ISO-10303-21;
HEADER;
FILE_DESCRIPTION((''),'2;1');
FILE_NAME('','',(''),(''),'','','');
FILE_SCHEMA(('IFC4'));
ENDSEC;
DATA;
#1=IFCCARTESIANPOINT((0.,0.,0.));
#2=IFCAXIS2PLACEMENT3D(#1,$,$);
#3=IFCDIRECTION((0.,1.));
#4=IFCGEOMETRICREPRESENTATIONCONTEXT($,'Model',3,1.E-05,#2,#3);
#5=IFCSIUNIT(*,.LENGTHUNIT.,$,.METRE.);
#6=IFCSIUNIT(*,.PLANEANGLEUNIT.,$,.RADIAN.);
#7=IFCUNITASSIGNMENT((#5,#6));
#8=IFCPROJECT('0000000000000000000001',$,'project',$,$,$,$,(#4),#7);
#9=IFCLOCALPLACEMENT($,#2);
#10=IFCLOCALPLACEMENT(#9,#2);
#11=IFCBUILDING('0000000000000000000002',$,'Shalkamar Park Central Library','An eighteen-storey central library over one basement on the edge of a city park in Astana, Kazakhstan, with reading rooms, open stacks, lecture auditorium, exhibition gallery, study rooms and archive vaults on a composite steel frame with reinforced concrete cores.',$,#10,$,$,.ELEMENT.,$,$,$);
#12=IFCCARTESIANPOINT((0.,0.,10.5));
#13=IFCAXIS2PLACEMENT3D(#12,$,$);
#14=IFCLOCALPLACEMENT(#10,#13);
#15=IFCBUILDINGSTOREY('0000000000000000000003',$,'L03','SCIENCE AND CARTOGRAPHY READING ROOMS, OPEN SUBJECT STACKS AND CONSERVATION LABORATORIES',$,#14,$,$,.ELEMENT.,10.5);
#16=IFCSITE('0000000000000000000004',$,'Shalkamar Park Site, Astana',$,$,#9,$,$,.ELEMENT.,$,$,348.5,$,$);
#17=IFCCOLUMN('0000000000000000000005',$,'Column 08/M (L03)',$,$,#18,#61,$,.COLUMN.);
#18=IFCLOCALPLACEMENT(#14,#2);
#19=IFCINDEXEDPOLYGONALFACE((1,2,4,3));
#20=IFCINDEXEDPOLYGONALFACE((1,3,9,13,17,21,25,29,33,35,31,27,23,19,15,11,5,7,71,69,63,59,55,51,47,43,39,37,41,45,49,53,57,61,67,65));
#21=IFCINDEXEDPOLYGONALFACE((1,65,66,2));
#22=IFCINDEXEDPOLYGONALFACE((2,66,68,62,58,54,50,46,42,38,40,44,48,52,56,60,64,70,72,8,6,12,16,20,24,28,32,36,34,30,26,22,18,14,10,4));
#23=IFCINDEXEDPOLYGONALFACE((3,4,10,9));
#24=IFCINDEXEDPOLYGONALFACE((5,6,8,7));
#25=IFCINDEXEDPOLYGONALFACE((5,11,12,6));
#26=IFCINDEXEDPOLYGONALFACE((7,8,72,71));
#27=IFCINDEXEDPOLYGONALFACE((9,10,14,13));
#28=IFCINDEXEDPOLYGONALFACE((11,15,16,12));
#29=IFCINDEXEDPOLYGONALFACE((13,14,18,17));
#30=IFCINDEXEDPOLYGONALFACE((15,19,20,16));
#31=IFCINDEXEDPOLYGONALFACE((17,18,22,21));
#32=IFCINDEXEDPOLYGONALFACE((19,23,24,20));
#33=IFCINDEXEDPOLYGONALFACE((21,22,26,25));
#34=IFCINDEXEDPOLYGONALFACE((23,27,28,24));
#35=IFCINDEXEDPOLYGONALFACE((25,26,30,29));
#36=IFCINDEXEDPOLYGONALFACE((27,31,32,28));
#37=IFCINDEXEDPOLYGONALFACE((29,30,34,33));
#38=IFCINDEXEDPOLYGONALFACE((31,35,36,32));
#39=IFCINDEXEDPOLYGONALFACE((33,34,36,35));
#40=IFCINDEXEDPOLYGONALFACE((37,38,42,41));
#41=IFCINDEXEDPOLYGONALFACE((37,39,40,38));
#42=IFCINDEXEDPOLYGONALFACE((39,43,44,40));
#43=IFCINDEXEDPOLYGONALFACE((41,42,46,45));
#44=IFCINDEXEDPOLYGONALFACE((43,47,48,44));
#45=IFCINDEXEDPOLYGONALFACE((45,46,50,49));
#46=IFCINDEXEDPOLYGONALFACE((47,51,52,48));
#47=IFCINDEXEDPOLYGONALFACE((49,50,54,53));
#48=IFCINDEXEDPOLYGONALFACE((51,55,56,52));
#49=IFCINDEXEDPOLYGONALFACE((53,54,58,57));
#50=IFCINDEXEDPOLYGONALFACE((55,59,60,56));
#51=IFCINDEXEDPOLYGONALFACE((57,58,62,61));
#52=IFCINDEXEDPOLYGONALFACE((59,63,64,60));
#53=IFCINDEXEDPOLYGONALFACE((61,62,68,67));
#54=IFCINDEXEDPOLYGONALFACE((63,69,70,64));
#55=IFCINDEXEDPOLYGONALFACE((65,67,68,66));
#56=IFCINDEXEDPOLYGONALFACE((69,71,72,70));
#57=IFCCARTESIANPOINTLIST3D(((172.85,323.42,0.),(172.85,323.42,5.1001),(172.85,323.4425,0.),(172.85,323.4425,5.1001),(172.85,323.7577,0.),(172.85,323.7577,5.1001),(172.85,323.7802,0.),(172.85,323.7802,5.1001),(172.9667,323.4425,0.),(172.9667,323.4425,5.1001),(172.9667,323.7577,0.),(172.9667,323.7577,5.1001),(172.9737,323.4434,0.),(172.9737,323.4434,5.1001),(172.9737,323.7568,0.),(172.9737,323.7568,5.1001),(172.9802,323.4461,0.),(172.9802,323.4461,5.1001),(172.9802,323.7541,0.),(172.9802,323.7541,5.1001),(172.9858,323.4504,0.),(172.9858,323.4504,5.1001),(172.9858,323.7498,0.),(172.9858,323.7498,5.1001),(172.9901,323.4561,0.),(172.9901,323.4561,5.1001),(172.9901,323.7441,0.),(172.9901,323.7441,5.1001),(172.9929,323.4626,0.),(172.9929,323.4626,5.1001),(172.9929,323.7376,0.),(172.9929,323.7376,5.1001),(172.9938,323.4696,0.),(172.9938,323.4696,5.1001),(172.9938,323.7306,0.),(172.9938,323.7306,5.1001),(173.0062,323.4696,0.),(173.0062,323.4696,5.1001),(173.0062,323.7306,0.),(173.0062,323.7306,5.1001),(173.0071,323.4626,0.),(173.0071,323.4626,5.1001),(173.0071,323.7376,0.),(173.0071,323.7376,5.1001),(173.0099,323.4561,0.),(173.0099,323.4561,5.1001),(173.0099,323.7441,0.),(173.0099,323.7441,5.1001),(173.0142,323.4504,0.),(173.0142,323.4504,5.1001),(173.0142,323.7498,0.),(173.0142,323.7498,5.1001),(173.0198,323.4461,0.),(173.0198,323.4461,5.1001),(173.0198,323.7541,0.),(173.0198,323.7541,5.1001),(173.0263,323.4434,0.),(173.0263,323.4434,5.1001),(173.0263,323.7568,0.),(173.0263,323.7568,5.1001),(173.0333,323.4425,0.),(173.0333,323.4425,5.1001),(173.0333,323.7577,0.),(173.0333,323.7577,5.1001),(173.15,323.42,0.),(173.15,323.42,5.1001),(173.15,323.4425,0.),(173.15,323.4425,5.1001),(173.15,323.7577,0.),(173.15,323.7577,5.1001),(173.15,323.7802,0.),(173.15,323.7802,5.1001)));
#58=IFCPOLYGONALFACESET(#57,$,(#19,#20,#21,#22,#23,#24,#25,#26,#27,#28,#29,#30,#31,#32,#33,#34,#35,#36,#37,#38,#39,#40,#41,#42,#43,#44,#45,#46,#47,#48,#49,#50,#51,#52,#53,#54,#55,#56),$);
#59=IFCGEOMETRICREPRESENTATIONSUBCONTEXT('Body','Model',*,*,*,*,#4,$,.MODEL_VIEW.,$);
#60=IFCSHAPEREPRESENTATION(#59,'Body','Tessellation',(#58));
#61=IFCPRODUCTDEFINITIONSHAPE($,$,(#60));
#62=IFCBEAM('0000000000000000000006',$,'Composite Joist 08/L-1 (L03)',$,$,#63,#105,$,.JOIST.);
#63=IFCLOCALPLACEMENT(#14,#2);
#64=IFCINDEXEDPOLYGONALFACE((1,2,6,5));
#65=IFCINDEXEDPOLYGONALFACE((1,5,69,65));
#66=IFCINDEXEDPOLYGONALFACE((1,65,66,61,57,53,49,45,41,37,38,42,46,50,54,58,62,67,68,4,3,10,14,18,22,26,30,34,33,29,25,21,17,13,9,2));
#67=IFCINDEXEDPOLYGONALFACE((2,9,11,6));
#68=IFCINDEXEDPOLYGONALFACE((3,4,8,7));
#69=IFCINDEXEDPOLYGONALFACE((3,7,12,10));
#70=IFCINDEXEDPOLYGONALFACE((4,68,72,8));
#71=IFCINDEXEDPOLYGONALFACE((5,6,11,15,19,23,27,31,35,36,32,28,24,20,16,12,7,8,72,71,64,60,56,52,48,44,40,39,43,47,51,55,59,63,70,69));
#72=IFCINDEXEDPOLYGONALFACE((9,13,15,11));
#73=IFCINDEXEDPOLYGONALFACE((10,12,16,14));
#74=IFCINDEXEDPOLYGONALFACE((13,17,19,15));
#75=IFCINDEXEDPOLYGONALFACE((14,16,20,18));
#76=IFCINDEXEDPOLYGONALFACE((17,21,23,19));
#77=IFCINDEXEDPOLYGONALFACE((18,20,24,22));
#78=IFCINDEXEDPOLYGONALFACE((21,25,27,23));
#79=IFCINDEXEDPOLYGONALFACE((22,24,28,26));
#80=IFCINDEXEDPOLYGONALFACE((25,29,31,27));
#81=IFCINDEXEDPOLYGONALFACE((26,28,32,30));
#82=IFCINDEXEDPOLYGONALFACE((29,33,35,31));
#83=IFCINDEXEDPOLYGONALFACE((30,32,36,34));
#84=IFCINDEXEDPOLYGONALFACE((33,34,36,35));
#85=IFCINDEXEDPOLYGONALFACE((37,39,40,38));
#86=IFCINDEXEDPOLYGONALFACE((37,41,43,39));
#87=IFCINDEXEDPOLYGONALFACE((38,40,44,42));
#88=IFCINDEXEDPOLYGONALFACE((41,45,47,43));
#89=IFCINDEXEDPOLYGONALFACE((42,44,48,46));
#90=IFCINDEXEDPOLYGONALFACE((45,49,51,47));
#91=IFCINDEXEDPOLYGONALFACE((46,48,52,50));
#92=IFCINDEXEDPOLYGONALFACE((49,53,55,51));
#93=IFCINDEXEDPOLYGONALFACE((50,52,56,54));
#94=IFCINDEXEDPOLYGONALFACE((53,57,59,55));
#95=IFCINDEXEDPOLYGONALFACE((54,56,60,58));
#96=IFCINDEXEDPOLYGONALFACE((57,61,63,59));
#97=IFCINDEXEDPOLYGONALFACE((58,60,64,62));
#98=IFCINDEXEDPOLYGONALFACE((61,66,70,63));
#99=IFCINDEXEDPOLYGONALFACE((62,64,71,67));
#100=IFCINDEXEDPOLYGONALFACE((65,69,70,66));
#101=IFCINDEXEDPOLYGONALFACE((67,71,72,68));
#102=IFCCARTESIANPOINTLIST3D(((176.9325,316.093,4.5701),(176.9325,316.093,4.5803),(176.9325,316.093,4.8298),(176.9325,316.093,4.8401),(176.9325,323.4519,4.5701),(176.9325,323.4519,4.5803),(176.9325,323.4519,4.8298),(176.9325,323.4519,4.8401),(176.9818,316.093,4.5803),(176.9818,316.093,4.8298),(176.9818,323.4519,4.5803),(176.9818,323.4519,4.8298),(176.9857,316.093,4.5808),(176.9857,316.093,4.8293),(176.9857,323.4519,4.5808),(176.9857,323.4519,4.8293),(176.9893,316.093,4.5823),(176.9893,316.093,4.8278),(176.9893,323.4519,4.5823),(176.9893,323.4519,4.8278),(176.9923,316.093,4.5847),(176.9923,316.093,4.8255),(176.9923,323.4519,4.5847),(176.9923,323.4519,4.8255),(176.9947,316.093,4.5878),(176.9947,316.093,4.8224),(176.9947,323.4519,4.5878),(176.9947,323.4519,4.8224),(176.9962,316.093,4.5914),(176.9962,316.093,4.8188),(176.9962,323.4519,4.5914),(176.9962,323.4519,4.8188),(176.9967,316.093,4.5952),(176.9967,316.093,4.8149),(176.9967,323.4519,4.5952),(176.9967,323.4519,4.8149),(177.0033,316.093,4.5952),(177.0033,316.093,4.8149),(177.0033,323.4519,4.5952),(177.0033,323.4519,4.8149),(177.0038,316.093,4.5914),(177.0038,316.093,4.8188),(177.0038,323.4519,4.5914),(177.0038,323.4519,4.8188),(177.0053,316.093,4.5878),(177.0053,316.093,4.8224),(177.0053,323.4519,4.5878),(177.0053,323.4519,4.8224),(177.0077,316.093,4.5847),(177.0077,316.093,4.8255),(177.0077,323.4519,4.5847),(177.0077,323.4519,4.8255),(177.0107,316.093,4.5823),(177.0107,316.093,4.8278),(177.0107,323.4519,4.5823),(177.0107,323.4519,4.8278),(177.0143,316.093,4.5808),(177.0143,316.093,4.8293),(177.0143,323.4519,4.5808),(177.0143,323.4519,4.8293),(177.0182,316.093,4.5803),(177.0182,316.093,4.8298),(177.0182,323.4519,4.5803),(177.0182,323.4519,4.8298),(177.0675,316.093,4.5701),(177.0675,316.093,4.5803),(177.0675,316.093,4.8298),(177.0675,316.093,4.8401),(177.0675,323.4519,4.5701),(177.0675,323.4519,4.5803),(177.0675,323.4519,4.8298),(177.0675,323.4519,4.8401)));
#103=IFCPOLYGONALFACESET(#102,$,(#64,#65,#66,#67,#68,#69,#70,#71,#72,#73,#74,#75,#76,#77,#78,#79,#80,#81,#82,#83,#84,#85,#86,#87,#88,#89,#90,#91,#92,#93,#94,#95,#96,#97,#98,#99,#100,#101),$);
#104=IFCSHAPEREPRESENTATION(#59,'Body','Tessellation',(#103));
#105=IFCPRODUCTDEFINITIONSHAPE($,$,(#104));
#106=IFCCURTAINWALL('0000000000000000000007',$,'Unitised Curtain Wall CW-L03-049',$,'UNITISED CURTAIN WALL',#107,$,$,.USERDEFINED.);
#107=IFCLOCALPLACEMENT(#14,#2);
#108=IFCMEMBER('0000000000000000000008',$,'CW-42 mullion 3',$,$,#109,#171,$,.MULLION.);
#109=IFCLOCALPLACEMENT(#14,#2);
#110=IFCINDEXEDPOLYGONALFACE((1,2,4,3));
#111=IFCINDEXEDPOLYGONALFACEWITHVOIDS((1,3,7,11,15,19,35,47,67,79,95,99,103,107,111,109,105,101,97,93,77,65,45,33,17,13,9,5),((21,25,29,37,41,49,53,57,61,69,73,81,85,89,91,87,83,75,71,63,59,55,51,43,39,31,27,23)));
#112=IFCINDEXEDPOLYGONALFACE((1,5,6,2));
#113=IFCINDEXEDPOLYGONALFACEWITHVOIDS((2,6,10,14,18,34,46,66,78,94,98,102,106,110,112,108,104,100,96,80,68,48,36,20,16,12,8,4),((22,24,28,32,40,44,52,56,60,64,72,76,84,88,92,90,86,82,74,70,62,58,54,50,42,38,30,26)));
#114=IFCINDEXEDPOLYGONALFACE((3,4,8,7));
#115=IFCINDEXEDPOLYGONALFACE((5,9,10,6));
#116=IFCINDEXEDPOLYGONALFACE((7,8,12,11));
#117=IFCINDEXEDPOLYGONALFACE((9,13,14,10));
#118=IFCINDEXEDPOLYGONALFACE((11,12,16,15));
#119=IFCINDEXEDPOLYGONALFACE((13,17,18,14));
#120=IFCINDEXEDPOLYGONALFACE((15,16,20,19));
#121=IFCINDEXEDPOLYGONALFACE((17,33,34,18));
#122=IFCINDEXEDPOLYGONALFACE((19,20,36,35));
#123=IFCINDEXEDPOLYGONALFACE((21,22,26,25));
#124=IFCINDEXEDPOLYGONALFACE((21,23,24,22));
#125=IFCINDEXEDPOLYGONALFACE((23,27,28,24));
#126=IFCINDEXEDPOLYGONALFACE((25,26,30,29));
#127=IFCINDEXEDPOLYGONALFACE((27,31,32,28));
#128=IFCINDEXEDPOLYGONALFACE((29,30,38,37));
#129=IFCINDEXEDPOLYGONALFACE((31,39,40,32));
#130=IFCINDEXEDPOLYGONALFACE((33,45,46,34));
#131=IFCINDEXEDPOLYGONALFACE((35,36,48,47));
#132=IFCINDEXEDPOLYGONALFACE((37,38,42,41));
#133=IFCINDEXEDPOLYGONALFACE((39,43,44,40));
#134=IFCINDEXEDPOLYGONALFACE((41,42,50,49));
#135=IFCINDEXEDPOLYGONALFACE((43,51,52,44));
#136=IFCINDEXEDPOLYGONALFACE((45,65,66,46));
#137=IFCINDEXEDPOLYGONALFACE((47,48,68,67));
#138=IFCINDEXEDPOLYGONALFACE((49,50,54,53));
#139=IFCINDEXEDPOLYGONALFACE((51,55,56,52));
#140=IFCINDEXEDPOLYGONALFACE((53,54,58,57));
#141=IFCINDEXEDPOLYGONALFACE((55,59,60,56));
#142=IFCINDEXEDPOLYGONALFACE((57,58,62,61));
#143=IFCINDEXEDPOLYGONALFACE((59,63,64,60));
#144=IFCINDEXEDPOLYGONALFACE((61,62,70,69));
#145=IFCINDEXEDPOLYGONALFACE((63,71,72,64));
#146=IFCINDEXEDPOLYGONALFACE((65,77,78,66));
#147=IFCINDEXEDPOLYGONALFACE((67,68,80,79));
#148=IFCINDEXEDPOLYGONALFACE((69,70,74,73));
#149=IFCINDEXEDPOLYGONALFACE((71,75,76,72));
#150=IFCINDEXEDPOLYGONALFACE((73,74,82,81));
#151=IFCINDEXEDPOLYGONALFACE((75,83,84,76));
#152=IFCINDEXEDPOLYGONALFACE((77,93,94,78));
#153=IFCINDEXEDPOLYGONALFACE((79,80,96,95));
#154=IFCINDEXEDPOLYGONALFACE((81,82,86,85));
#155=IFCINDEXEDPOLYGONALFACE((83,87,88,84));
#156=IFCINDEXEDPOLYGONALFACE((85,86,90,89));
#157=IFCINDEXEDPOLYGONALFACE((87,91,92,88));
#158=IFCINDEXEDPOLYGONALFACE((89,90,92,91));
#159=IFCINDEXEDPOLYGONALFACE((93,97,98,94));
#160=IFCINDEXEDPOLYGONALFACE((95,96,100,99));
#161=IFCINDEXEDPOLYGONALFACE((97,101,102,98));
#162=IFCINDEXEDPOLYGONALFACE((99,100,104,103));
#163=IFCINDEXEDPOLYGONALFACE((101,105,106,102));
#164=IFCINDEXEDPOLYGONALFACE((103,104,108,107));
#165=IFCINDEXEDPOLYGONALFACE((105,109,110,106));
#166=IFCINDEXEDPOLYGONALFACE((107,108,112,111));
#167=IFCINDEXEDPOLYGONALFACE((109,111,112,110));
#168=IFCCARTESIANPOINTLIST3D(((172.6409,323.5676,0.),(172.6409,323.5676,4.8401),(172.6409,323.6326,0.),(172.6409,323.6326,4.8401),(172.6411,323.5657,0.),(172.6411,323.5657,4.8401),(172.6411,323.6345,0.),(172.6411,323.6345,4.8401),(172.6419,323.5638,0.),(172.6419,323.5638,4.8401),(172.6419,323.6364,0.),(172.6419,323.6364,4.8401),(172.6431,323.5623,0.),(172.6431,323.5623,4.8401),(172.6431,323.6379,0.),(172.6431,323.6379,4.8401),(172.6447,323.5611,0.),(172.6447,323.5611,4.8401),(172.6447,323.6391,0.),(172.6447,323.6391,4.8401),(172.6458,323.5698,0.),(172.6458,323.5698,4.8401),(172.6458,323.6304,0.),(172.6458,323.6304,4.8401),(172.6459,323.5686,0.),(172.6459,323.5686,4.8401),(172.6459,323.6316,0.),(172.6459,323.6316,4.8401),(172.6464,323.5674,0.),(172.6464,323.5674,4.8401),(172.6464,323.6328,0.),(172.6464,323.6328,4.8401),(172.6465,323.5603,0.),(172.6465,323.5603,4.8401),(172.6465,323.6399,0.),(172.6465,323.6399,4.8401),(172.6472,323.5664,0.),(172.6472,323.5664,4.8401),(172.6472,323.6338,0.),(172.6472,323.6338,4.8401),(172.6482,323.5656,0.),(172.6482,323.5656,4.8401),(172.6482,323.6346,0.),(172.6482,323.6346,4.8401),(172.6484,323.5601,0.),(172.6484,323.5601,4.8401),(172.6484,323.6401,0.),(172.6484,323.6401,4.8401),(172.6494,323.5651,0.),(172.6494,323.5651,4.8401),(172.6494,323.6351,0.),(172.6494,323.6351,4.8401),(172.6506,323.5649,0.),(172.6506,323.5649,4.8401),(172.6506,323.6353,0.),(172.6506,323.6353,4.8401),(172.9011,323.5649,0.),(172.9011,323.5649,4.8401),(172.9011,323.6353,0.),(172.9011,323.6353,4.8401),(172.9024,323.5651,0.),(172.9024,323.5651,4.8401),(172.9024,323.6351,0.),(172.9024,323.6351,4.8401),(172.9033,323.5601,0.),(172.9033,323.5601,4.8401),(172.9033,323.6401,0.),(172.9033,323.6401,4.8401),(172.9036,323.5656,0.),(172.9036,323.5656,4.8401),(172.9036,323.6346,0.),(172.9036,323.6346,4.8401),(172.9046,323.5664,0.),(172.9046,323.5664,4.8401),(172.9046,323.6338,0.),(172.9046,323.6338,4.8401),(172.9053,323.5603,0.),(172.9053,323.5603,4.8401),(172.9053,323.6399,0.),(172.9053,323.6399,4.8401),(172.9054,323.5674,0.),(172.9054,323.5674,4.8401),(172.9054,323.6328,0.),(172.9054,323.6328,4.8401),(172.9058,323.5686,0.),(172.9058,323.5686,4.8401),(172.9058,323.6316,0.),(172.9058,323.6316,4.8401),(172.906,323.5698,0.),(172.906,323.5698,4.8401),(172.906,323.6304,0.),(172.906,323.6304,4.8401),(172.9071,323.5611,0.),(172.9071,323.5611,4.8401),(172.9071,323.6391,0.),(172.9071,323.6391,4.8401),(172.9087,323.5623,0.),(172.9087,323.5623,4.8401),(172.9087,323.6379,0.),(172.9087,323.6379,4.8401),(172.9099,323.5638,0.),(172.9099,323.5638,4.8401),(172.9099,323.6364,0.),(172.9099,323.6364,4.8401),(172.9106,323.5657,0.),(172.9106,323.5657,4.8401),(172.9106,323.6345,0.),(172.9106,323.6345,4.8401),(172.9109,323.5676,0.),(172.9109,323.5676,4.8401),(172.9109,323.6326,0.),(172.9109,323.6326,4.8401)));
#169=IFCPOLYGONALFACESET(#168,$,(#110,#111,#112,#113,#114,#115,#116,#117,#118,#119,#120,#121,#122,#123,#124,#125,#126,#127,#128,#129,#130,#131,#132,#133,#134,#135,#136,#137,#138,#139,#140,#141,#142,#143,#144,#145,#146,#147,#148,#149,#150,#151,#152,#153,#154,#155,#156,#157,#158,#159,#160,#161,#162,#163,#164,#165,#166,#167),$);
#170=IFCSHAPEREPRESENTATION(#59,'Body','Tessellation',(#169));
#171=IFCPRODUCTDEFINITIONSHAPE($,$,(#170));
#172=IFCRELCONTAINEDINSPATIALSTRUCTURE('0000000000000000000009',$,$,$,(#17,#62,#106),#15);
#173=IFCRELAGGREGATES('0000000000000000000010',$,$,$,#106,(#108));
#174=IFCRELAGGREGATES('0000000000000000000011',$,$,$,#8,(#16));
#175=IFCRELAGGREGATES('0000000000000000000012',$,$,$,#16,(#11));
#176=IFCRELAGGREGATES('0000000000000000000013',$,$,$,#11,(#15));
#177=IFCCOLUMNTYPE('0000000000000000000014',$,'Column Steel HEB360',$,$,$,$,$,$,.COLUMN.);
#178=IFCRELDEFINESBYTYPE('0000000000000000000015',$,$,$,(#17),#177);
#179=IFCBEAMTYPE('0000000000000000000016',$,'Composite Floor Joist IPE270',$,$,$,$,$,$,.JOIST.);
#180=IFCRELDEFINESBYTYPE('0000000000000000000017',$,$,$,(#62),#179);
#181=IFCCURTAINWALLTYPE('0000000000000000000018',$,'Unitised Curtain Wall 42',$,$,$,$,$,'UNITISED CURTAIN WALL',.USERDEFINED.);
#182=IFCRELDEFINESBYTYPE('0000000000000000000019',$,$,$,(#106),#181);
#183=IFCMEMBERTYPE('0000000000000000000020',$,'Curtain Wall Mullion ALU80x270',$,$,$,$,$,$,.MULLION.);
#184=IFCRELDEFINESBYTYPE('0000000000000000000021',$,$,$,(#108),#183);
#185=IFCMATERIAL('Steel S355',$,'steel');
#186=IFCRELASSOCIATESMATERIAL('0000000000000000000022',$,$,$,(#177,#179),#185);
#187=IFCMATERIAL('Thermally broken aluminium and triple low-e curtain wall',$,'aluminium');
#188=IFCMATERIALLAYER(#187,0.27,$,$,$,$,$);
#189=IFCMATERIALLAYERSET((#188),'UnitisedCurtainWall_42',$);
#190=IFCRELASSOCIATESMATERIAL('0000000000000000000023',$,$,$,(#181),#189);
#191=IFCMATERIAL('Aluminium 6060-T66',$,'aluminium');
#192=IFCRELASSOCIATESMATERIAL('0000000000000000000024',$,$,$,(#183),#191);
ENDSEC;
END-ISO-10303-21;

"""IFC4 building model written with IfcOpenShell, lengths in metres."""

from ifc_helpers import new_model, si_unit, direction, frame, origin, origin_2d, place, context, subcontext, project, spatial, hollow_rectangle, i_section, extrude, material, layer, layer_set, material_profile, profile_set, type_object, element, aggregate, save


model = new_model("IFC4")

# Units and contexts
model_context = context("Model", 3, precision=1e-05, world=origin(), true_north=direction((0.0, 1.0)))
body_context = subcontext(model_context, "Body", "Model", "MODEL_VIEW")
ifc_project = project(units=[si_unit("LENGTHUNIT", "METRE"), si_unit("PLANEANGLEUNIT", "RADIAN")], contexts=[model_context])

# Site, building, storey
site_placement = place(None, origin())
site = spatial("IfcSite", under=ifc_project, at=site_placement, Name="Shalkamar Park Site, Astana", CompositionType="ELEMENT", RefElevation=348.5)
building_placement = place(site_placement, origin())
building = spatial("IfcBuilding", under=site, at=building_placement, Name="Shalkamar Park Central Library", Description="An eighteen-storey central library over one basement on the edge of a city park in Astana, Kazakhstan, with reading rooms, open stacks, lecture auditorium, exhibition gallery, study rooms and archive vaults on a composite steel frame with reinforced concrete cores.", CompositionType="ELEMENT")
storey_placement = place(building_placement, frame((0.0, 0.0, 10.5)))
storey = spatial("IfcBuildingStorey", under=building, at=storey_placement, Name="L03", Description="SCIENCE AND CARTOGRAPHY READING ROOMS, OPEN SUBJECT STACKS AND CONSERVATION LABORATORIES", CompositionType="ELEMENT", Elevation=10.5)

# Column
ifc_material_1 = material(Name="Steel S355", Category="steel")
ifc_material_profile_1 = material_profile(ifc_material_1, i_section(OverallWidth=0.3, OverallDepth=0.3601, WebThickness=0.0125, FlangeThickness=0.0225, FilletRadius=0.0271, at=origin_2d()), Name="HEB 360")
ifc_profile_set_1 = profile_set([ifc_material_profile_1], Name="Steel S355")
column_type = type_object("IfcColumnType", Name="Column Steel HEB360", PredefinedType="COLUMN", material=ifc_profile_set_1)
column_placement = place(storey_placement, frame((173.0, 323.6001, 0.0), z_axis=(0.0, 0.0, 1.0), x_axis=(1.0, 0.0, 0.0)))
element("IfcColumn", 1, at=column_placement, inside=storey, type_object=column_type, Name="Column 08/M (L03)", PredefinedType="COLUMN", context=body_context, shape_type="SweptSolid", body=[
    extrude(i_section(OverallWidth=0.3, OverallDepth=0.3601, WebThickness=0.0125, FlangeThickness=0.0225, FilletRadius=0.0271, at=origin_2d()), origin(), (0.0, 0.0, 1.0), 5.1001),
])

# Beam
ifc_material_profile_2 = material_profile(ifc_material_1, i_section(OverallWidth=0.135, OverallDepth=0.27, WebThickness=0.0066, FlangeThickness=0.0103, FilletRadius=0.0149, at=origin_2d()), Name="IPE 270")
ifc_profile_set_2 = profile_set([ifc_material_profile_2], Name="Steel S355")
beam_type_1 = type_object("IfcBeamType", Name="Composite Floor Joist IPE270", PredefinedType="JOIST", material=ifc_profile_set_2)
beam_1_placement = place(storey_placement, frame((177.0, 316.093, 4.7051), z_axis=(0.0, 1.0, 0.0), x_axis=(-1.0, 0.0, 0.0)))
element("IfcBeam", 2, at=beam_1_placement, inside=storey, type_object=beam_type_1, Name="Composite Joist 08/L-1 (L03)", PredefinedType="JOIST", context=body_context, shape_type="SweptSolid", body=[
    extrude(i_section(OverallWidth=0.135, OverallDepth=0.27, WebThickness=0.0066, FlangeThickness=0.0103, FilletRadius=0.0149, at=origin_2d()), origin(), (0.0, 0.0, 1.0), 7.3589),
])

# Curtain wall, member
ifc_material_2 = material(Name="Thermally broken aluminium and triple low-e curtain wall", Category="aluminium")
ifc_layer_1 = layer(ifc_material_2, 0.27)
ifc_layer_set_1 = layer_set([ifc_layer_1], Name="UnitisedCurtainWall_42")
curtain_wall_type_1 = type_object("IfcCurtainWallType", Name="Unitised Curtain Wall 42", ElementType="UNITISED CURTAIN WALL", PredefinedType="USERDEFINED", material=ifc_layer_set_1)
curtain_wall_1_placement = place(storey_placement, origin())
curtain_wall_1 = element("IfcCurtainWall", 3, at=curtain_wall_1_placement, inside=storey, type_object=curtain_wall_type_1, Name="Unitised Curtain Wall CW-L03-049", ObjectType="UNITISED CURTAIN WALL", PredefinedType="USERDEFINED")
ifc_material_3 = material(Name="Aluminium 6060-T66", Category="aluminium")
ifc_material_profile_3 = material_profile(ifc_material_3, hollow_rectangle(XDim=0.0801, YDim=0.27, WallThickness=0.0049, InnerFilletRadius=0.0049, OuterFilletRadius=0.0076, at=origin_2d()), Name="ALU 80x270x5")
ifc_profile_set_3 = profile_set([ifc_material_profile_3], Name="Aluminium 6060-T66")
member_type_1 = type_object("IfcMemberType", Name="Curtain Wall Mullion ALU80x270", PredefinedType="MULLION", material=ifc_profile_set_3)
member_1_placement = place(storey_placement, frame((172.7759, 323.6001, 0.0), z_axis=(0.0, 0.0, 1.0), x_axis=(0.0, 1.0, 0.0)))
member_1 = element("IfcMember", 4, at=member_1_placement, type_object=member_type_1, Name="CW-42 mullion 3", PredefinedType="MULLION", context=body_context, shape_type="SweptSolid", body=[
    extrude(hollow_rectangle(XDim=0.0801, YDim=0.27, WallThickness=0.0049, InnerFilletRadius=0.0049, OuterFilletRadius=0.0076, at=origin_2d()), origin(), (0.0, 0.0, 1.0), 4.8401),
])

aggregate(curtain_wall_1, [member_1])

save(model, "model.ifc")
